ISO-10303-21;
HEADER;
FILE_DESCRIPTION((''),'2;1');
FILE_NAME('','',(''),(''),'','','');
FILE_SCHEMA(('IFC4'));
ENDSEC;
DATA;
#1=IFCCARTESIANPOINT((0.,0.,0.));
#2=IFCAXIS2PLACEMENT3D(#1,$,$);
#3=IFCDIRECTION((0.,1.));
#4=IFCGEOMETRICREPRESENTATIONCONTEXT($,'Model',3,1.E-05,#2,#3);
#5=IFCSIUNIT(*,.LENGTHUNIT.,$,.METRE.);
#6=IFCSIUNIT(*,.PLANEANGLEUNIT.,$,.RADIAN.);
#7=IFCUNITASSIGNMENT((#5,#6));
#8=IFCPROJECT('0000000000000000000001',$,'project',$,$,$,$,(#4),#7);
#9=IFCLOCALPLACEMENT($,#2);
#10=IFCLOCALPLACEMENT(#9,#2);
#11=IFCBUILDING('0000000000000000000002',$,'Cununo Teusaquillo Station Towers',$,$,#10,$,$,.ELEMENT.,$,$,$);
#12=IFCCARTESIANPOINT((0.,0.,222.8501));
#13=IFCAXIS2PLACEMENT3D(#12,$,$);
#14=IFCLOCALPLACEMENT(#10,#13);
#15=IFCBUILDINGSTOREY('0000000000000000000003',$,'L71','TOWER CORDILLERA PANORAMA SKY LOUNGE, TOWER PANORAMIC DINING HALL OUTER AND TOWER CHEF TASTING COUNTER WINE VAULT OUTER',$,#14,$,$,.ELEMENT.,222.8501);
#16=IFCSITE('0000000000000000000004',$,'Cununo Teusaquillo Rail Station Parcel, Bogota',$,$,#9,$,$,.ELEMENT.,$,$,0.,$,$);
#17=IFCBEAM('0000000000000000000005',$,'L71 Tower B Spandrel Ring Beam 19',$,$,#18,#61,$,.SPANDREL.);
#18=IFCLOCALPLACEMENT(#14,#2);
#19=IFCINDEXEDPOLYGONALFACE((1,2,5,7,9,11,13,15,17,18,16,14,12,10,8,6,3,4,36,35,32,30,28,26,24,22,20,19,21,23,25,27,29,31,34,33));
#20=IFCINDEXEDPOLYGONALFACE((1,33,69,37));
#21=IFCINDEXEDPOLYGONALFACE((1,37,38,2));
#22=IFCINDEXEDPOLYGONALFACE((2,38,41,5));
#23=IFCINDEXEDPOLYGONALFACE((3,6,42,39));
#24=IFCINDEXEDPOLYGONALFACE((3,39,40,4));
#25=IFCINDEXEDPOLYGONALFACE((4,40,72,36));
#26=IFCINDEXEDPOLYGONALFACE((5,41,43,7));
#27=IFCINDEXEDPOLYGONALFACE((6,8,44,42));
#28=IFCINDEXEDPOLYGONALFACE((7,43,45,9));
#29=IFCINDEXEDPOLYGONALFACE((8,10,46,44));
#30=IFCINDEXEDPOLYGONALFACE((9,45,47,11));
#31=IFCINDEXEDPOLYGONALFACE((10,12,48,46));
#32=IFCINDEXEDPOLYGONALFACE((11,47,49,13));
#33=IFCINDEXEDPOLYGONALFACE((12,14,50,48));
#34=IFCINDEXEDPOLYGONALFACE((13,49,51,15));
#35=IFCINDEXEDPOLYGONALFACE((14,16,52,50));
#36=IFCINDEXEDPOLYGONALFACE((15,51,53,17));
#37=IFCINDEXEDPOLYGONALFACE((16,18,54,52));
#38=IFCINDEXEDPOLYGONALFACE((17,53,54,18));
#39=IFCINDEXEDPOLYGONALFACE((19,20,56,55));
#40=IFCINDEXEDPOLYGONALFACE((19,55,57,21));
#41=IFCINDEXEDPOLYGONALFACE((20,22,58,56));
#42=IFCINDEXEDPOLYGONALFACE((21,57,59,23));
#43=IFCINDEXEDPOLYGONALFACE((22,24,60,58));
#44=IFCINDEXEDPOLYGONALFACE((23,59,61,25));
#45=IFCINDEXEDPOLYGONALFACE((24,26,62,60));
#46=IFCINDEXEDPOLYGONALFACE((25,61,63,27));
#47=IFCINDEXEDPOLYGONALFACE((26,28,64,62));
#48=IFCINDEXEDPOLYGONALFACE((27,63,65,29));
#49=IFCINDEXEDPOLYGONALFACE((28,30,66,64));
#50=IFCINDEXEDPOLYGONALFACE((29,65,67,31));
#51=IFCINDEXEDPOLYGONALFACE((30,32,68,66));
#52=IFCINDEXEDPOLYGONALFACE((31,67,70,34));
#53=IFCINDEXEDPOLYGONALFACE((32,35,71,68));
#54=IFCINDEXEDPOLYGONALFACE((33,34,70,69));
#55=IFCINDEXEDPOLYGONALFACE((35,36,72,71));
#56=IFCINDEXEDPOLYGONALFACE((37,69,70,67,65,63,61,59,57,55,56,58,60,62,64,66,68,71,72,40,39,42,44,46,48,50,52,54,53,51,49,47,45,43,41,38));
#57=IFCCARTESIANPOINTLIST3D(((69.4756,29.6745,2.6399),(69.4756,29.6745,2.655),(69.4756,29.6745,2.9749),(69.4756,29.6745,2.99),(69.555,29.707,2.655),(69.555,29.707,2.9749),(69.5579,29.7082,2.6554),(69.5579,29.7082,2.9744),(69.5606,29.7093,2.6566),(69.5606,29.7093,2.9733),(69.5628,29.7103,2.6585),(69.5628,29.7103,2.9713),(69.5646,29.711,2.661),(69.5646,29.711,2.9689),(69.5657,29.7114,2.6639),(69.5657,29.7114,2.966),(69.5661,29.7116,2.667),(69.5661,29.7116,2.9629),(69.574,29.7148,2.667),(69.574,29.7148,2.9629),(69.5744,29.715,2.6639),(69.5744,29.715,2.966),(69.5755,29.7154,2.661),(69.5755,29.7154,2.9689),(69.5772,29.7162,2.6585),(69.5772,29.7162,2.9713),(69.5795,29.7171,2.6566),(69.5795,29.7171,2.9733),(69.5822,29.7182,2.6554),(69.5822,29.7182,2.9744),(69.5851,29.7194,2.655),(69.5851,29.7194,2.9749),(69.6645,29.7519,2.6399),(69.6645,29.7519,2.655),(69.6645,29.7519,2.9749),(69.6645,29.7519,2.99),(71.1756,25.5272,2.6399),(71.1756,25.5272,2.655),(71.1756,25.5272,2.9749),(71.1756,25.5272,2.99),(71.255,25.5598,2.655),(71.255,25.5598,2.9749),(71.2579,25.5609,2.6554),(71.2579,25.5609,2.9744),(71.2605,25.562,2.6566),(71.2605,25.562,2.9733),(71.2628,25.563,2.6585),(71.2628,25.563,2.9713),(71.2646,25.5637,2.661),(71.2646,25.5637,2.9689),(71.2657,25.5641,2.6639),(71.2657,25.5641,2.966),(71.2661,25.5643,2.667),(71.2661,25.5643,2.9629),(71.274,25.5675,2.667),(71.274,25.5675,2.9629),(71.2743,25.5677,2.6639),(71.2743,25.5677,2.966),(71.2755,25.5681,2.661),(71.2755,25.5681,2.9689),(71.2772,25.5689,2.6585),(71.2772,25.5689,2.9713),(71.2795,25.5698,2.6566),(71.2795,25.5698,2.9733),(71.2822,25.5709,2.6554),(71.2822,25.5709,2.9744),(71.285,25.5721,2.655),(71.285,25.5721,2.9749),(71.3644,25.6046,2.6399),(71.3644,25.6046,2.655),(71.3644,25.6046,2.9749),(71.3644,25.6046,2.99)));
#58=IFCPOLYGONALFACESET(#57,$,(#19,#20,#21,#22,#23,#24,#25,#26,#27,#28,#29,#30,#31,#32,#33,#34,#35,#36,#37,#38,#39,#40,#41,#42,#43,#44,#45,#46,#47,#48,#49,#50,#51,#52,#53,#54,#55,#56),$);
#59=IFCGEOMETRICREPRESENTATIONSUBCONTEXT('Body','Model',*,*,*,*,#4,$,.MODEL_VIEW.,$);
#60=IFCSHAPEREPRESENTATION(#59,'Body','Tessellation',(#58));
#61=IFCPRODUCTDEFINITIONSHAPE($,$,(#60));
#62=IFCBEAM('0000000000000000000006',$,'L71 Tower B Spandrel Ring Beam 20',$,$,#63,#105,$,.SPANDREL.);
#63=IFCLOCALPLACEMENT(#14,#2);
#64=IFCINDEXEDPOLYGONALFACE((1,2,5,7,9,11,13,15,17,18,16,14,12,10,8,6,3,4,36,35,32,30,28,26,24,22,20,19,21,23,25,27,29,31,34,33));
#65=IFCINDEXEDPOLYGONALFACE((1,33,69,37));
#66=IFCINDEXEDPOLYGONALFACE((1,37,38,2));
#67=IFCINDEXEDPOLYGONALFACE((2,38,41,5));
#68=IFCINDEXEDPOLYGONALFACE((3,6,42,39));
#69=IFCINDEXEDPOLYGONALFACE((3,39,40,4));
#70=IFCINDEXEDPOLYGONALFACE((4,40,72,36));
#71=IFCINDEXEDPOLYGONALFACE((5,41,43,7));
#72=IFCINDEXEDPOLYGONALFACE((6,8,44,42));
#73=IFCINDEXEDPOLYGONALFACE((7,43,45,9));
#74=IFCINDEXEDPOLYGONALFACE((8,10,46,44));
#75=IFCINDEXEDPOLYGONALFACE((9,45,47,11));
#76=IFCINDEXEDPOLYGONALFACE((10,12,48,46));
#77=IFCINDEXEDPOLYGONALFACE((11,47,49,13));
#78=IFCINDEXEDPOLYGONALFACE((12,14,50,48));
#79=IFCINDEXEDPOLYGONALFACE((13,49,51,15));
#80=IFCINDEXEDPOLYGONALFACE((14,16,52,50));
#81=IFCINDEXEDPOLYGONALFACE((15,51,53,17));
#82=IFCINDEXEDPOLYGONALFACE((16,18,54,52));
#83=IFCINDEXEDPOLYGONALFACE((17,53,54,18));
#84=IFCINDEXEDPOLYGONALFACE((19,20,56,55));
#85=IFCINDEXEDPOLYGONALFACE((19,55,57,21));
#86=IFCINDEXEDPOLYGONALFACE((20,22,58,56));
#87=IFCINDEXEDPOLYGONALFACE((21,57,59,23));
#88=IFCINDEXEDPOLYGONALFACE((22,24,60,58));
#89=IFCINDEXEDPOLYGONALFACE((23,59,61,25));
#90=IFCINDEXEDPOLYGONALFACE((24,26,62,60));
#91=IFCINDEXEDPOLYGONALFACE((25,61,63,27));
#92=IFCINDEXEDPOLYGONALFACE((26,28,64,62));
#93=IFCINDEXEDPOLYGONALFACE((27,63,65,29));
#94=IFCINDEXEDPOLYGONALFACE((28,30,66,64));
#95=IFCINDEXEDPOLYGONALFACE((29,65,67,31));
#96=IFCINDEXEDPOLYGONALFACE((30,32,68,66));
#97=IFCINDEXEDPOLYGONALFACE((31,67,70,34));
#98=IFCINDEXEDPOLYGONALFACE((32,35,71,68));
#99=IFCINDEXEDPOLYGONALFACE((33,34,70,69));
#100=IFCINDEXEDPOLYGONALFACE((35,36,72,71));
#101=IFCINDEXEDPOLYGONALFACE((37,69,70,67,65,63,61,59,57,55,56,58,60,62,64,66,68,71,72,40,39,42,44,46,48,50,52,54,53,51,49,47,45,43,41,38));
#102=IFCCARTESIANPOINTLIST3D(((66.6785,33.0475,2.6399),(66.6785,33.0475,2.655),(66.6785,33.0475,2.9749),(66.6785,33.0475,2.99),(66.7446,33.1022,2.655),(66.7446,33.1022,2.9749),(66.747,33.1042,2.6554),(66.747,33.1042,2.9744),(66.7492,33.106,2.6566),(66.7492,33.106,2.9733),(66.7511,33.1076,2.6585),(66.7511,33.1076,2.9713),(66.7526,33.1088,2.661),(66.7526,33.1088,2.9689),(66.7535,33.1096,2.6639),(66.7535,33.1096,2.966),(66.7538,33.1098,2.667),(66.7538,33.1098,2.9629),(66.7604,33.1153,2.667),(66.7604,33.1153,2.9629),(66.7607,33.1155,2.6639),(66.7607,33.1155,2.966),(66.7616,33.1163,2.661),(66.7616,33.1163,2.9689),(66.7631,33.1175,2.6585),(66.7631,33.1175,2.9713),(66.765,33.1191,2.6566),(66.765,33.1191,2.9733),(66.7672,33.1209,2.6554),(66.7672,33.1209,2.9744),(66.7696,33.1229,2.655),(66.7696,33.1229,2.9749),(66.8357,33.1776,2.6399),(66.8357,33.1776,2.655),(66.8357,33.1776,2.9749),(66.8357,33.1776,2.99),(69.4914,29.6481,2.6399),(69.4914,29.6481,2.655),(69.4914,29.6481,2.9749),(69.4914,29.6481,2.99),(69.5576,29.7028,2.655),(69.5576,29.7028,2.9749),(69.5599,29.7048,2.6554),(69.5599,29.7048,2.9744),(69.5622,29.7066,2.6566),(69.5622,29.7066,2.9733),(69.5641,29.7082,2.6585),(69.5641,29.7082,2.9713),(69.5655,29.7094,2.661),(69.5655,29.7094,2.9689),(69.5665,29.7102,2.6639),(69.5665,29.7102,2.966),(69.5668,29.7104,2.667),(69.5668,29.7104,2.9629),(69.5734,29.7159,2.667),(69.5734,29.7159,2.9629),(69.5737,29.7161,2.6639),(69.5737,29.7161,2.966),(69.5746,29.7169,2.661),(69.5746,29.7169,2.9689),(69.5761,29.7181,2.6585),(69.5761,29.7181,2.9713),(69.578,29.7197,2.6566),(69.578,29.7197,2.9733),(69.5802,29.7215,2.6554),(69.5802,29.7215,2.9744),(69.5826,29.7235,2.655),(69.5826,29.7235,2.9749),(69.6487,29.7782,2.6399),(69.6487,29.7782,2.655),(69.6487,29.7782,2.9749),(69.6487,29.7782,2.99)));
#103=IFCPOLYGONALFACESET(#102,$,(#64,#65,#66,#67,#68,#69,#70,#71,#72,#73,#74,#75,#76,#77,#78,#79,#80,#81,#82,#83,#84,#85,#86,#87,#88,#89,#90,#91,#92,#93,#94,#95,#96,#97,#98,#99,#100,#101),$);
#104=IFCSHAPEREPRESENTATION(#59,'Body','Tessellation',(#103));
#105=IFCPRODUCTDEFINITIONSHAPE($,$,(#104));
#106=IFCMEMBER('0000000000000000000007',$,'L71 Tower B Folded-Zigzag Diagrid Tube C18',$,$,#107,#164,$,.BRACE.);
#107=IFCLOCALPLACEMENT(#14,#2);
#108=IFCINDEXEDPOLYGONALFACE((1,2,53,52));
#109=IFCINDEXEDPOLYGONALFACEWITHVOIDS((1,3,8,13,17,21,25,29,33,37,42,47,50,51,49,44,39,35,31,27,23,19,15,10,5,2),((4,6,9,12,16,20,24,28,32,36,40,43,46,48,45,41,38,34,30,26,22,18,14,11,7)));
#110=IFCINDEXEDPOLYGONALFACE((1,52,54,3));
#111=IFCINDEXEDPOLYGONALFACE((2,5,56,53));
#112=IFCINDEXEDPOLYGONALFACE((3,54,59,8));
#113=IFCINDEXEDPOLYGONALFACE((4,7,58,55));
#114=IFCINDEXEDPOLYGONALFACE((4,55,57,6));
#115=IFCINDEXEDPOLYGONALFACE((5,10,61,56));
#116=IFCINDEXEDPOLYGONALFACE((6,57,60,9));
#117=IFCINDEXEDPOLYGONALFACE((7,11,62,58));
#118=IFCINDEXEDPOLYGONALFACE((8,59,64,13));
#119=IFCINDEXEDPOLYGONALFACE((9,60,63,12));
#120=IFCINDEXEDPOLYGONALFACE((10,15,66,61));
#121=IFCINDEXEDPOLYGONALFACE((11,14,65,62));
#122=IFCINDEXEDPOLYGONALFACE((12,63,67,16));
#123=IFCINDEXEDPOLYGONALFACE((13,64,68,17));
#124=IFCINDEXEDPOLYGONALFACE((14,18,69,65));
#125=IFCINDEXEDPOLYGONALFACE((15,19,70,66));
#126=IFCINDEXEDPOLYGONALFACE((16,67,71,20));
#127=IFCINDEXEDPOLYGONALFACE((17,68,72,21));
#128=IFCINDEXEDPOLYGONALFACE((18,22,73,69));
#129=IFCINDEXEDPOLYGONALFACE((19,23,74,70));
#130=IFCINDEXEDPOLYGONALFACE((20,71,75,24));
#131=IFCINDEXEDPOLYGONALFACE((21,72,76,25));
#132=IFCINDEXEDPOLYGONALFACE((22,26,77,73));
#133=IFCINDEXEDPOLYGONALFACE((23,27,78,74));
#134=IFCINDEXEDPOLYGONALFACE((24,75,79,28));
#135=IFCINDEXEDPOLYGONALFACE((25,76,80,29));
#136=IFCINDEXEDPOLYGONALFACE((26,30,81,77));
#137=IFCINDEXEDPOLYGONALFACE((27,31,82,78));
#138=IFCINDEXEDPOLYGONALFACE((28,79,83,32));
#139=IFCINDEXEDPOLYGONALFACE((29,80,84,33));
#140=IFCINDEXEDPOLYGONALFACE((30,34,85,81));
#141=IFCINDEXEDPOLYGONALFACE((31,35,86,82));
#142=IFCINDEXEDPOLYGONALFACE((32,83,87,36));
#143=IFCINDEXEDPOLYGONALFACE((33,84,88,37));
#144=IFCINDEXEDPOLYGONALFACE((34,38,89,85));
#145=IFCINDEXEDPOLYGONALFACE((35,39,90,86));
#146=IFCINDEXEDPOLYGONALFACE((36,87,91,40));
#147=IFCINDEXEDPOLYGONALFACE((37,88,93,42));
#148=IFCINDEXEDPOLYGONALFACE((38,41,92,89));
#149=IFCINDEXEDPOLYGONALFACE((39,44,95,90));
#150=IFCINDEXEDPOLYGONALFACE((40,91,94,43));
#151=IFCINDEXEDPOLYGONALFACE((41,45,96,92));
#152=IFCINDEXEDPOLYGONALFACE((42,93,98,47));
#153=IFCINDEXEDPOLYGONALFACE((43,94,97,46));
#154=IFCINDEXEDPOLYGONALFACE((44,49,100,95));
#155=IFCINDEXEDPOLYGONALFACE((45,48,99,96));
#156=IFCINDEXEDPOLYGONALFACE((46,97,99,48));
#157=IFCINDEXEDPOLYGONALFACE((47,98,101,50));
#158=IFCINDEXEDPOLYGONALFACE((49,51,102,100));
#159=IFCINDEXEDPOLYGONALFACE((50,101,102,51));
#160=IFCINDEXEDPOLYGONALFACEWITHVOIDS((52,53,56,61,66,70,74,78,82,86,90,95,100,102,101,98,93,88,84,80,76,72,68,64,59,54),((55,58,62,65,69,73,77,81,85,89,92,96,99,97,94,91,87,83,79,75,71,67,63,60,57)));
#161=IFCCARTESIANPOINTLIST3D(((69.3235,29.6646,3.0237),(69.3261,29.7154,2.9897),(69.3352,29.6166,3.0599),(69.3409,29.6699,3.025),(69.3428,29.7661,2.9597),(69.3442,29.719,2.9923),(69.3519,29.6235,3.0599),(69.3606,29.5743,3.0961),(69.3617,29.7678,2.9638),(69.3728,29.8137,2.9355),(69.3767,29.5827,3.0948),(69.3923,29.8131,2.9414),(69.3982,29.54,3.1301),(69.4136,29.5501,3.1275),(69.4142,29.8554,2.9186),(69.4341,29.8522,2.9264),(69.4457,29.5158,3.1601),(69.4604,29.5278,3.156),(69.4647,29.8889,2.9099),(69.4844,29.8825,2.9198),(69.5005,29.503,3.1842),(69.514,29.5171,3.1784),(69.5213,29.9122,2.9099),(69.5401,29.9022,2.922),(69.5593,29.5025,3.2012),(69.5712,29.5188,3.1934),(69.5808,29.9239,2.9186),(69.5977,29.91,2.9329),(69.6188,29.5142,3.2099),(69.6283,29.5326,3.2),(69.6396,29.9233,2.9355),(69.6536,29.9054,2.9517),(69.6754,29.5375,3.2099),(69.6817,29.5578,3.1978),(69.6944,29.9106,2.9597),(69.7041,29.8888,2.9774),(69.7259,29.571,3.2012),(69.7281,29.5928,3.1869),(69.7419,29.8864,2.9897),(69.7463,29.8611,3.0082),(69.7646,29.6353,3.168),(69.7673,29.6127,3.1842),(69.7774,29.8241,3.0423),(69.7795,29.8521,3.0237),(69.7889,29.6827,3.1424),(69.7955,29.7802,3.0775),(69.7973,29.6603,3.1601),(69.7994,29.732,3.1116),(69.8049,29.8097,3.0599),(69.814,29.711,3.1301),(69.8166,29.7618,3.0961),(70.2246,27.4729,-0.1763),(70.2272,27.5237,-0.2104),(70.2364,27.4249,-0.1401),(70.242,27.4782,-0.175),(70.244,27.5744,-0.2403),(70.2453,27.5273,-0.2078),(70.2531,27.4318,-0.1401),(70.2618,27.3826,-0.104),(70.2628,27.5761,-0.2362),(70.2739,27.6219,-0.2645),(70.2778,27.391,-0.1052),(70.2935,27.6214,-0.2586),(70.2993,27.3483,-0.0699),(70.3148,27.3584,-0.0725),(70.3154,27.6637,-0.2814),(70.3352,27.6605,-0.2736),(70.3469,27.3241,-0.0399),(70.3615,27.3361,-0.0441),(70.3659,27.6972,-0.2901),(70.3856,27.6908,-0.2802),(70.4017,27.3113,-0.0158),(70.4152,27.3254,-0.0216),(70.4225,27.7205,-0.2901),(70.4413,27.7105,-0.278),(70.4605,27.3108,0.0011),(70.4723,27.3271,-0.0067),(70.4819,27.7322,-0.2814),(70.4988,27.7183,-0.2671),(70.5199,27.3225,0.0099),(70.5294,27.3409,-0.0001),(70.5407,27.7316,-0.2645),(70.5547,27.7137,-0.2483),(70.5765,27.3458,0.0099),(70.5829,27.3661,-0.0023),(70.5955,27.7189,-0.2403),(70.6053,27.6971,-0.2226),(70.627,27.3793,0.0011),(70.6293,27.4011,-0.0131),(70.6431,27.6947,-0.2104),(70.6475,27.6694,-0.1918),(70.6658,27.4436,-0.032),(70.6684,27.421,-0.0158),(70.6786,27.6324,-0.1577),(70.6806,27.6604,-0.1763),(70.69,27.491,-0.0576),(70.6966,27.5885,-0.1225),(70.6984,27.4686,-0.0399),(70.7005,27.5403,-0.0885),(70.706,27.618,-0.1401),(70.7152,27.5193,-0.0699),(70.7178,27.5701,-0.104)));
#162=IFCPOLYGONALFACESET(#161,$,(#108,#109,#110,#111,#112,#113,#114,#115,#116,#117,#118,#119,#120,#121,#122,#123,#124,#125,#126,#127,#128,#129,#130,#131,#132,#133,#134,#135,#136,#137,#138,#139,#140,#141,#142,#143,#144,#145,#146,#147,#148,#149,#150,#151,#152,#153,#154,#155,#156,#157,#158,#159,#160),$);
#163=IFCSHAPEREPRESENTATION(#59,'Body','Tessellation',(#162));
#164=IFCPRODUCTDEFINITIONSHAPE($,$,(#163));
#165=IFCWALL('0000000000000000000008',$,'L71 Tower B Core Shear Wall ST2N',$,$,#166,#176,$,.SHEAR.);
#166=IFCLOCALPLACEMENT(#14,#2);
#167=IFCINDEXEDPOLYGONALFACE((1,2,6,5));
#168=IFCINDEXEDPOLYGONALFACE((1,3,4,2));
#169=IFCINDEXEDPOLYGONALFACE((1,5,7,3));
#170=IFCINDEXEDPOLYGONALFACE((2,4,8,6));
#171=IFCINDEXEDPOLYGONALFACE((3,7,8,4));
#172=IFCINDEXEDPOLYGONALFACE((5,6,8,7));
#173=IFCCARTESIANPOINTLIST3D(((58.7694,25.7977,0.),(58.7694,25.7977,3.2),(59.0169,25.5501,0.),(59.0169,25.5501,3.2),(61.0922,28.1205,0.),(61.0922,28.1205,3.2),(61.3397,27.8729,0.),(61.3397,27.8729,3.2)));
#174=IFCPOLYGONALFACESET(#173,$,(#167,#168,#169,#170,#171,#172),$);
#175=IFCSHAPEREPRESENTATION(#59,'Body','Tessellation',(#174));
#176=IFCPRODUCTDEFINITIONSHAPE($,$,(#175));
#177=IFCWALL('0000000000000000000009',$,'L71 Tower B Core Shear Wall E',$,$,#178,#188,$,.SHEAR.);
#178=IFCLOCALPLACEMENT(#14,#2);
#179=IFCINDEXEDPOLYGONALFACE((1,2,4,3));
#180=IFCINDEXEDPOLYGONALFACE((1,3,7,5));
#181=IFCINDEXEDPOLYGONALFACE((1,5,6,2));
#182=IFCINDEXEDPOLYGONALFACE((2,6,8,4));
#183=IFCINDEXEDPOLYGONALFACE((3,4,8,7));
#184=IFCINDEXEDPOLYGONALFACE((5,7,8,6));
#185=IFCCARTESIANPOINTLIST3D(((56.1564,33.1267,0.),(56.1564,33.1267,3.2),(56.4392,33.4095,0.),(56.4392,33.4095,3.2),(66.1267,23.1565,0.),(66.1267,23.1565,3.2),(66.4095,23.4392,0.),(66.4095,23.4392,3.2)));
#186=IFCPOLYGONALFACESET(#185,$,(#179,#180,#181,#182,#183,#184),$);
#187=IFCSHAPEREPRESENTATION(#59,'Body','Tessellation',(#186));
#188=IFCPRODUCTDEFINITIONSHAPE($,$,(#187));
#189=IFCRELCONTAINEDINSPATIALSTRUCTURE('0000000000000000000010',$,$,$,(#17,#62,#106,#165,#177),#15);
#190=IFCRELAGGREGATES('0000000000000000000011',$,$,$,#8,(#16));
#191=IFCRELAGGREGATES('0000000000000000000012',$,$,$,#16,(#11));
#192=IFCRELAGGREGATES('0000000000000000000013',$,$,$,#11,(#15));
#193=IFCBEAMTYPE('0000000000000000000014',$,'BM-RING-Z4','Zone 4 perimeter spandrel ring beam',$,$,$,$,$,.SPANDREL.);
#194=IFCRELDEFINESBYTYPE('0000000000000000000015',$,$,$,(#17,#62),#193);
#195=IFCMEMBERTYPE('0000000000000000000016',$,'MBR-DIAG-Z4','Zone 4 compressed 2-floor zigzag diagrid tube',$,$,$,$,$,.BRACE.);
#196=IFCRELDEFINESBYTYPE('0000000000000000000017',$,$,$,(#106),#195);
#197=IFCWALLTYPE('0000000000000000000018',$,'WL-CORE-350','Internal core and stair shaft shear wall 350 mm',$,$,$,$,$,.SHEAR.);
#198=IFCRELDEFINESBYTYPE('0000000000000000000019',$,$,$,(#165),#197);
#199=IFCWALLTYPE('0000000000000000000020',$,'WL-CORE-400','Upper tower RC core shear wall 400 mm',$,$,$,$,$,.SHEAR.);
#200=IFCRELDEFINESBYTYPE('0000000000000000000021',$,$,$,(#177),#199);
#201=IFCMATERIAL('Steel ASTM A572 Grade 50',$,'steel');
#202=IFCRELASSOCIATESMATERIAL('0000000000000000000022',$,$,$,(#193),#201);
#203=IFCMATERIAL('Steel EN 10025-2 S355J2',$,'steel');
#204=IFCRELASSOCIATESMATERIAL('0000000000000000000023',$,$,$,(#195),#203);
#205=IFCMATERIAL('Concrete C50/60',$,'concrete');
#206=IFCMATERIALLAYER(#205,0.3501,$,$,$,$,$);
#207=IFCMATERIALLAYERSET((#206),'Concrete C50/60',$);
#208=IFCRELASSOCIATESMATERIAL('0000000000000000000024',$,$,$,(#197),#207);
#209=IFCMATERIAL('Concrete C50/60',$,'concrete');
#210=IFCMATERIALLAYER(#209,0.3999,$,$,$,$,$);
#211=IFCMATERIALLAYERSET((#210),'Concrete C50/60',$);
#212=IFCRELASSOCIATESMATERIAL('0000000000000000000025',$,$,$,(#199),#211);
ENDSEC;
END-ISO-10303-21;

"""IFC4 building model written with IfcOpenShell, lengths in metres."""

from ifc_helpers import new_model, si_unit, direction, frame, frame_2d, origin, origin_2d, place, context, subcontext, project, spatial, rectangle, hollow_circle, i_section, extrude, material, layer, layer_set, material_profile, profile_set, type_object, element, save


model = new_model("IFC4")

# Units and contexts
model_context = context("Model", 3, precision=1e-05, world=origin(), true_north=direction((0.0, 1.0)))
body_context = subcontext(model_context, "Body", "Model", "MODEL_VIEW")
ifc_project = project(units=[si_unit("LENGTHUNIT", "METRE"), si_unit("PLANEANGLEUNIT", "RADIAN")], contexts=[model_context])

# Site, building, storey
site_placement = place(None, origin())
site = spatial("IfcSite", under=ifc_project, at=site_placement, Name="Cununo Teusaquillo Rail Station Parcel, Bogota", CompositionType="ELEMENT", RefElevation=0.0)
building_placement = place(site_placement, origin())
building = spatial("IfcBuilding", under=site, at=building_placement, Name="Cununo Teusaquillo Station Towers", CompositionType="ELEMENT")
storey_placement = place(building_placement, frame((0.0, 0.0, 222.8501)))
storey = spatial("IfcBuildingStorey", under=building, at=storey_placement, Name="L71", Description="TOWER CORDILLERA PANORAMA SKY LOUNGE, TOWER PANORAMIC DINING HALL OUTER AND TOWER CHEF TASTING COUNTER WINE VAULT OUTER", CompositionType="ELEMENT", Elevation=222.8501)

# Beams
ifc_material_1 = material(Name="Steel ASTM A572 Grade 50", Category="steel")
ifc_material_profile_1 = material_profile(ifc_material_1, i_section(OverallWidth=0.2041, OverallDepth=0.3501, WebThickness=0.0085, FlangeThickness=0.0151, FilletRadius=0.012, at=origin_2d()), Name="W14X48")
ifc_profile_set_1 = profile_set([ifc_material_profile_1], Name="Steel ASTM A572 Grade 50")
beam_type_1 = type_object("IfcBeamType", Name="BM-RING-Z4", Description="Zone 4 perimeter spandrel ring beam", PredefinedType="SPANDREL", material=ifc_profile_set_1)
beam_1_placement = place(storey_placement, frame((71.27, 25.5659, 2.8149), z_axis=(-0.379275, 0.925284, 0.0), x_axis=(-0.925284, -0.379275, 0.0)))
element("IfcBeam", 1, at=beam_1_placement, inside=storey, type_object=beam_type_1, Name="L71 Tower B Spandrel Ring Beam 19", PredefinedType="SPANDREL", context=body_context, shape_type="SweptSolid", body=[
    extrude(i_section(OverallWidth=0.2041, OverallDepth=0.3501, WebThickness=0.0085, FlangeThickness=0.0151, FilletRadius=0.012, at=origin_2d()), origin(), (0.0, 0.0, 1.0), 4.4822),
])
beam_2_placement = place(storey_placement, frame((69.5701, 29.7131, 2.8149), z_axis=(-0.637525, 0.77043, 0.0), x_axis=(-0.77043, -0.637525, 0.0)))
element("IfcBeam", 2, at=beam_2_placement, inside=storey, type_object=beam_type_1, Name="L71 Tower B Spandrel Ring Beam 20", PredefinedType="SPANDREL", context=body_context, shape_type="SweptSolid", body=[
    extrude(i_section(OverallWidth=0.2041, OverallDepth=0.3501, WebThickness=0.0085, FlangeThickness=0.0151, FilletRadius=0.012, at=origin_2d()), origin(), (0.0, 0.0, 1.0), 4.4124),
])

# Member
ifc_material_2 = material(Name="Steel EN 10025-2 S355J2", Category="steel")
ifc_material_profile_2 = material_profile(ifc_material_2, hollow_circle(Radius=0.2539, WallThickness=0.0181, at=origin_2d()), Name="CHS 508x18")
ifc_profile_set_2 = profile_set([ifc_material_profile_2], Name="Steel EN 10025-2 S355J2")
member_type = type_object("IfcMemberType", Name="MBR-DIAG-Z4", Description="Zone 4 compressed 2-floor zigzag diagrid tube", PredefinedType="BRACE", material=ifc_profile_set_2)
member_placement = place(storey_placement, frame((70.4712, 27.5215, -0.1401), z_axis=(-0.226308, 0.550412, 0.803637), x_axis=(-0.924874, -0.380273, 0.0)))
element("IfcMember", 3, at=member_placement, inside=storey, type_object=member_type, Name="L71 Tower B Folded-Zigzag Diagrid Tube C18", PredefinedType="BRACE", context=body_context, shape_type="SweptSolid", body=[
    extrude(hollow_circle(Radius=0.2539, WallThickness=0.0181, at=origin_2d()), origin(), (0.0, 0.0, 1.0), 3.9819),
])

# Walls
ifc_material_3 = material(Name="Concrete C50/60", Category="concrete")
ifc_layer_1 = layer(ifc_material_3, 0.3501)
ifc_layer_set_1 = layer_set([ifc_layer_1], Name="Concrete C50/60")
wall_type_1 = type_object("IfcWallType", Name="WL-CORE-350", Description="Internal core and stair shaft shear wall 350 mm", PredefinedType="SHEAR", material=ifc_layer_set_1)
wall_1_placement = place(storey_placement, frame((58.8931, 25.6738, 0.0), z_axis=(0.0, 0.0, 1.0), x_axis=(0.707107, 0.707107, 0.0)))
element("IfcWall", 4, at=wall_1_placement, inside=storey, type_object=wall_type_1, Name="L71 Tower B Core Shear Wall ST2N", PredefinedType="SHEAR", context=body_context, shape_type="SweptSolid", body=[
    extrude(rectangle(XDim=3.2849, YDim=0.3501, at=frame_2d((1.6426, 0.0))), origin(), (0.0, 0.0, 1.0), 3.2),
])
ifc_material_4 = material(Name="Concrete C50/60", Category="concrete")
ifc_layer_2 = layer(ifc_material_4, 0.3999)
ifc_layer_set_2 = layer_set([ifc_layer_2], Name="Concrete C50/60")
wall_type_2 = type_object("IfcWallType", Name="WL-CORE-400", Description="Upper tower RC core shear wall 400 mm", PredefinedType="SHEAR", material=ifc_layer_set_2)
wall_2_placement = place(storey_placement, frame((66.2681, 23.2979, 0.0), z_axis=(0.0, 0.0, 1.0), x_axis=(-0.707107, 0.707107, 0.0)))
element("IfcWall", 5, at=wall_2_placement, inside=storey, type_object=wall_type_2, Name="L71 Tower B Core Shear Wall E", PredefinedType="SHEAR", context=body_context, shape_type="SweptSolid", body=[
    extrude(rectangle(XDim=14.1001, YDim=0.3999, at=frame_2d((7.05, 0.0))), origin(), (0.0, 0.0, 1.0), 3.2),
])

save(model, "model.ifc")
